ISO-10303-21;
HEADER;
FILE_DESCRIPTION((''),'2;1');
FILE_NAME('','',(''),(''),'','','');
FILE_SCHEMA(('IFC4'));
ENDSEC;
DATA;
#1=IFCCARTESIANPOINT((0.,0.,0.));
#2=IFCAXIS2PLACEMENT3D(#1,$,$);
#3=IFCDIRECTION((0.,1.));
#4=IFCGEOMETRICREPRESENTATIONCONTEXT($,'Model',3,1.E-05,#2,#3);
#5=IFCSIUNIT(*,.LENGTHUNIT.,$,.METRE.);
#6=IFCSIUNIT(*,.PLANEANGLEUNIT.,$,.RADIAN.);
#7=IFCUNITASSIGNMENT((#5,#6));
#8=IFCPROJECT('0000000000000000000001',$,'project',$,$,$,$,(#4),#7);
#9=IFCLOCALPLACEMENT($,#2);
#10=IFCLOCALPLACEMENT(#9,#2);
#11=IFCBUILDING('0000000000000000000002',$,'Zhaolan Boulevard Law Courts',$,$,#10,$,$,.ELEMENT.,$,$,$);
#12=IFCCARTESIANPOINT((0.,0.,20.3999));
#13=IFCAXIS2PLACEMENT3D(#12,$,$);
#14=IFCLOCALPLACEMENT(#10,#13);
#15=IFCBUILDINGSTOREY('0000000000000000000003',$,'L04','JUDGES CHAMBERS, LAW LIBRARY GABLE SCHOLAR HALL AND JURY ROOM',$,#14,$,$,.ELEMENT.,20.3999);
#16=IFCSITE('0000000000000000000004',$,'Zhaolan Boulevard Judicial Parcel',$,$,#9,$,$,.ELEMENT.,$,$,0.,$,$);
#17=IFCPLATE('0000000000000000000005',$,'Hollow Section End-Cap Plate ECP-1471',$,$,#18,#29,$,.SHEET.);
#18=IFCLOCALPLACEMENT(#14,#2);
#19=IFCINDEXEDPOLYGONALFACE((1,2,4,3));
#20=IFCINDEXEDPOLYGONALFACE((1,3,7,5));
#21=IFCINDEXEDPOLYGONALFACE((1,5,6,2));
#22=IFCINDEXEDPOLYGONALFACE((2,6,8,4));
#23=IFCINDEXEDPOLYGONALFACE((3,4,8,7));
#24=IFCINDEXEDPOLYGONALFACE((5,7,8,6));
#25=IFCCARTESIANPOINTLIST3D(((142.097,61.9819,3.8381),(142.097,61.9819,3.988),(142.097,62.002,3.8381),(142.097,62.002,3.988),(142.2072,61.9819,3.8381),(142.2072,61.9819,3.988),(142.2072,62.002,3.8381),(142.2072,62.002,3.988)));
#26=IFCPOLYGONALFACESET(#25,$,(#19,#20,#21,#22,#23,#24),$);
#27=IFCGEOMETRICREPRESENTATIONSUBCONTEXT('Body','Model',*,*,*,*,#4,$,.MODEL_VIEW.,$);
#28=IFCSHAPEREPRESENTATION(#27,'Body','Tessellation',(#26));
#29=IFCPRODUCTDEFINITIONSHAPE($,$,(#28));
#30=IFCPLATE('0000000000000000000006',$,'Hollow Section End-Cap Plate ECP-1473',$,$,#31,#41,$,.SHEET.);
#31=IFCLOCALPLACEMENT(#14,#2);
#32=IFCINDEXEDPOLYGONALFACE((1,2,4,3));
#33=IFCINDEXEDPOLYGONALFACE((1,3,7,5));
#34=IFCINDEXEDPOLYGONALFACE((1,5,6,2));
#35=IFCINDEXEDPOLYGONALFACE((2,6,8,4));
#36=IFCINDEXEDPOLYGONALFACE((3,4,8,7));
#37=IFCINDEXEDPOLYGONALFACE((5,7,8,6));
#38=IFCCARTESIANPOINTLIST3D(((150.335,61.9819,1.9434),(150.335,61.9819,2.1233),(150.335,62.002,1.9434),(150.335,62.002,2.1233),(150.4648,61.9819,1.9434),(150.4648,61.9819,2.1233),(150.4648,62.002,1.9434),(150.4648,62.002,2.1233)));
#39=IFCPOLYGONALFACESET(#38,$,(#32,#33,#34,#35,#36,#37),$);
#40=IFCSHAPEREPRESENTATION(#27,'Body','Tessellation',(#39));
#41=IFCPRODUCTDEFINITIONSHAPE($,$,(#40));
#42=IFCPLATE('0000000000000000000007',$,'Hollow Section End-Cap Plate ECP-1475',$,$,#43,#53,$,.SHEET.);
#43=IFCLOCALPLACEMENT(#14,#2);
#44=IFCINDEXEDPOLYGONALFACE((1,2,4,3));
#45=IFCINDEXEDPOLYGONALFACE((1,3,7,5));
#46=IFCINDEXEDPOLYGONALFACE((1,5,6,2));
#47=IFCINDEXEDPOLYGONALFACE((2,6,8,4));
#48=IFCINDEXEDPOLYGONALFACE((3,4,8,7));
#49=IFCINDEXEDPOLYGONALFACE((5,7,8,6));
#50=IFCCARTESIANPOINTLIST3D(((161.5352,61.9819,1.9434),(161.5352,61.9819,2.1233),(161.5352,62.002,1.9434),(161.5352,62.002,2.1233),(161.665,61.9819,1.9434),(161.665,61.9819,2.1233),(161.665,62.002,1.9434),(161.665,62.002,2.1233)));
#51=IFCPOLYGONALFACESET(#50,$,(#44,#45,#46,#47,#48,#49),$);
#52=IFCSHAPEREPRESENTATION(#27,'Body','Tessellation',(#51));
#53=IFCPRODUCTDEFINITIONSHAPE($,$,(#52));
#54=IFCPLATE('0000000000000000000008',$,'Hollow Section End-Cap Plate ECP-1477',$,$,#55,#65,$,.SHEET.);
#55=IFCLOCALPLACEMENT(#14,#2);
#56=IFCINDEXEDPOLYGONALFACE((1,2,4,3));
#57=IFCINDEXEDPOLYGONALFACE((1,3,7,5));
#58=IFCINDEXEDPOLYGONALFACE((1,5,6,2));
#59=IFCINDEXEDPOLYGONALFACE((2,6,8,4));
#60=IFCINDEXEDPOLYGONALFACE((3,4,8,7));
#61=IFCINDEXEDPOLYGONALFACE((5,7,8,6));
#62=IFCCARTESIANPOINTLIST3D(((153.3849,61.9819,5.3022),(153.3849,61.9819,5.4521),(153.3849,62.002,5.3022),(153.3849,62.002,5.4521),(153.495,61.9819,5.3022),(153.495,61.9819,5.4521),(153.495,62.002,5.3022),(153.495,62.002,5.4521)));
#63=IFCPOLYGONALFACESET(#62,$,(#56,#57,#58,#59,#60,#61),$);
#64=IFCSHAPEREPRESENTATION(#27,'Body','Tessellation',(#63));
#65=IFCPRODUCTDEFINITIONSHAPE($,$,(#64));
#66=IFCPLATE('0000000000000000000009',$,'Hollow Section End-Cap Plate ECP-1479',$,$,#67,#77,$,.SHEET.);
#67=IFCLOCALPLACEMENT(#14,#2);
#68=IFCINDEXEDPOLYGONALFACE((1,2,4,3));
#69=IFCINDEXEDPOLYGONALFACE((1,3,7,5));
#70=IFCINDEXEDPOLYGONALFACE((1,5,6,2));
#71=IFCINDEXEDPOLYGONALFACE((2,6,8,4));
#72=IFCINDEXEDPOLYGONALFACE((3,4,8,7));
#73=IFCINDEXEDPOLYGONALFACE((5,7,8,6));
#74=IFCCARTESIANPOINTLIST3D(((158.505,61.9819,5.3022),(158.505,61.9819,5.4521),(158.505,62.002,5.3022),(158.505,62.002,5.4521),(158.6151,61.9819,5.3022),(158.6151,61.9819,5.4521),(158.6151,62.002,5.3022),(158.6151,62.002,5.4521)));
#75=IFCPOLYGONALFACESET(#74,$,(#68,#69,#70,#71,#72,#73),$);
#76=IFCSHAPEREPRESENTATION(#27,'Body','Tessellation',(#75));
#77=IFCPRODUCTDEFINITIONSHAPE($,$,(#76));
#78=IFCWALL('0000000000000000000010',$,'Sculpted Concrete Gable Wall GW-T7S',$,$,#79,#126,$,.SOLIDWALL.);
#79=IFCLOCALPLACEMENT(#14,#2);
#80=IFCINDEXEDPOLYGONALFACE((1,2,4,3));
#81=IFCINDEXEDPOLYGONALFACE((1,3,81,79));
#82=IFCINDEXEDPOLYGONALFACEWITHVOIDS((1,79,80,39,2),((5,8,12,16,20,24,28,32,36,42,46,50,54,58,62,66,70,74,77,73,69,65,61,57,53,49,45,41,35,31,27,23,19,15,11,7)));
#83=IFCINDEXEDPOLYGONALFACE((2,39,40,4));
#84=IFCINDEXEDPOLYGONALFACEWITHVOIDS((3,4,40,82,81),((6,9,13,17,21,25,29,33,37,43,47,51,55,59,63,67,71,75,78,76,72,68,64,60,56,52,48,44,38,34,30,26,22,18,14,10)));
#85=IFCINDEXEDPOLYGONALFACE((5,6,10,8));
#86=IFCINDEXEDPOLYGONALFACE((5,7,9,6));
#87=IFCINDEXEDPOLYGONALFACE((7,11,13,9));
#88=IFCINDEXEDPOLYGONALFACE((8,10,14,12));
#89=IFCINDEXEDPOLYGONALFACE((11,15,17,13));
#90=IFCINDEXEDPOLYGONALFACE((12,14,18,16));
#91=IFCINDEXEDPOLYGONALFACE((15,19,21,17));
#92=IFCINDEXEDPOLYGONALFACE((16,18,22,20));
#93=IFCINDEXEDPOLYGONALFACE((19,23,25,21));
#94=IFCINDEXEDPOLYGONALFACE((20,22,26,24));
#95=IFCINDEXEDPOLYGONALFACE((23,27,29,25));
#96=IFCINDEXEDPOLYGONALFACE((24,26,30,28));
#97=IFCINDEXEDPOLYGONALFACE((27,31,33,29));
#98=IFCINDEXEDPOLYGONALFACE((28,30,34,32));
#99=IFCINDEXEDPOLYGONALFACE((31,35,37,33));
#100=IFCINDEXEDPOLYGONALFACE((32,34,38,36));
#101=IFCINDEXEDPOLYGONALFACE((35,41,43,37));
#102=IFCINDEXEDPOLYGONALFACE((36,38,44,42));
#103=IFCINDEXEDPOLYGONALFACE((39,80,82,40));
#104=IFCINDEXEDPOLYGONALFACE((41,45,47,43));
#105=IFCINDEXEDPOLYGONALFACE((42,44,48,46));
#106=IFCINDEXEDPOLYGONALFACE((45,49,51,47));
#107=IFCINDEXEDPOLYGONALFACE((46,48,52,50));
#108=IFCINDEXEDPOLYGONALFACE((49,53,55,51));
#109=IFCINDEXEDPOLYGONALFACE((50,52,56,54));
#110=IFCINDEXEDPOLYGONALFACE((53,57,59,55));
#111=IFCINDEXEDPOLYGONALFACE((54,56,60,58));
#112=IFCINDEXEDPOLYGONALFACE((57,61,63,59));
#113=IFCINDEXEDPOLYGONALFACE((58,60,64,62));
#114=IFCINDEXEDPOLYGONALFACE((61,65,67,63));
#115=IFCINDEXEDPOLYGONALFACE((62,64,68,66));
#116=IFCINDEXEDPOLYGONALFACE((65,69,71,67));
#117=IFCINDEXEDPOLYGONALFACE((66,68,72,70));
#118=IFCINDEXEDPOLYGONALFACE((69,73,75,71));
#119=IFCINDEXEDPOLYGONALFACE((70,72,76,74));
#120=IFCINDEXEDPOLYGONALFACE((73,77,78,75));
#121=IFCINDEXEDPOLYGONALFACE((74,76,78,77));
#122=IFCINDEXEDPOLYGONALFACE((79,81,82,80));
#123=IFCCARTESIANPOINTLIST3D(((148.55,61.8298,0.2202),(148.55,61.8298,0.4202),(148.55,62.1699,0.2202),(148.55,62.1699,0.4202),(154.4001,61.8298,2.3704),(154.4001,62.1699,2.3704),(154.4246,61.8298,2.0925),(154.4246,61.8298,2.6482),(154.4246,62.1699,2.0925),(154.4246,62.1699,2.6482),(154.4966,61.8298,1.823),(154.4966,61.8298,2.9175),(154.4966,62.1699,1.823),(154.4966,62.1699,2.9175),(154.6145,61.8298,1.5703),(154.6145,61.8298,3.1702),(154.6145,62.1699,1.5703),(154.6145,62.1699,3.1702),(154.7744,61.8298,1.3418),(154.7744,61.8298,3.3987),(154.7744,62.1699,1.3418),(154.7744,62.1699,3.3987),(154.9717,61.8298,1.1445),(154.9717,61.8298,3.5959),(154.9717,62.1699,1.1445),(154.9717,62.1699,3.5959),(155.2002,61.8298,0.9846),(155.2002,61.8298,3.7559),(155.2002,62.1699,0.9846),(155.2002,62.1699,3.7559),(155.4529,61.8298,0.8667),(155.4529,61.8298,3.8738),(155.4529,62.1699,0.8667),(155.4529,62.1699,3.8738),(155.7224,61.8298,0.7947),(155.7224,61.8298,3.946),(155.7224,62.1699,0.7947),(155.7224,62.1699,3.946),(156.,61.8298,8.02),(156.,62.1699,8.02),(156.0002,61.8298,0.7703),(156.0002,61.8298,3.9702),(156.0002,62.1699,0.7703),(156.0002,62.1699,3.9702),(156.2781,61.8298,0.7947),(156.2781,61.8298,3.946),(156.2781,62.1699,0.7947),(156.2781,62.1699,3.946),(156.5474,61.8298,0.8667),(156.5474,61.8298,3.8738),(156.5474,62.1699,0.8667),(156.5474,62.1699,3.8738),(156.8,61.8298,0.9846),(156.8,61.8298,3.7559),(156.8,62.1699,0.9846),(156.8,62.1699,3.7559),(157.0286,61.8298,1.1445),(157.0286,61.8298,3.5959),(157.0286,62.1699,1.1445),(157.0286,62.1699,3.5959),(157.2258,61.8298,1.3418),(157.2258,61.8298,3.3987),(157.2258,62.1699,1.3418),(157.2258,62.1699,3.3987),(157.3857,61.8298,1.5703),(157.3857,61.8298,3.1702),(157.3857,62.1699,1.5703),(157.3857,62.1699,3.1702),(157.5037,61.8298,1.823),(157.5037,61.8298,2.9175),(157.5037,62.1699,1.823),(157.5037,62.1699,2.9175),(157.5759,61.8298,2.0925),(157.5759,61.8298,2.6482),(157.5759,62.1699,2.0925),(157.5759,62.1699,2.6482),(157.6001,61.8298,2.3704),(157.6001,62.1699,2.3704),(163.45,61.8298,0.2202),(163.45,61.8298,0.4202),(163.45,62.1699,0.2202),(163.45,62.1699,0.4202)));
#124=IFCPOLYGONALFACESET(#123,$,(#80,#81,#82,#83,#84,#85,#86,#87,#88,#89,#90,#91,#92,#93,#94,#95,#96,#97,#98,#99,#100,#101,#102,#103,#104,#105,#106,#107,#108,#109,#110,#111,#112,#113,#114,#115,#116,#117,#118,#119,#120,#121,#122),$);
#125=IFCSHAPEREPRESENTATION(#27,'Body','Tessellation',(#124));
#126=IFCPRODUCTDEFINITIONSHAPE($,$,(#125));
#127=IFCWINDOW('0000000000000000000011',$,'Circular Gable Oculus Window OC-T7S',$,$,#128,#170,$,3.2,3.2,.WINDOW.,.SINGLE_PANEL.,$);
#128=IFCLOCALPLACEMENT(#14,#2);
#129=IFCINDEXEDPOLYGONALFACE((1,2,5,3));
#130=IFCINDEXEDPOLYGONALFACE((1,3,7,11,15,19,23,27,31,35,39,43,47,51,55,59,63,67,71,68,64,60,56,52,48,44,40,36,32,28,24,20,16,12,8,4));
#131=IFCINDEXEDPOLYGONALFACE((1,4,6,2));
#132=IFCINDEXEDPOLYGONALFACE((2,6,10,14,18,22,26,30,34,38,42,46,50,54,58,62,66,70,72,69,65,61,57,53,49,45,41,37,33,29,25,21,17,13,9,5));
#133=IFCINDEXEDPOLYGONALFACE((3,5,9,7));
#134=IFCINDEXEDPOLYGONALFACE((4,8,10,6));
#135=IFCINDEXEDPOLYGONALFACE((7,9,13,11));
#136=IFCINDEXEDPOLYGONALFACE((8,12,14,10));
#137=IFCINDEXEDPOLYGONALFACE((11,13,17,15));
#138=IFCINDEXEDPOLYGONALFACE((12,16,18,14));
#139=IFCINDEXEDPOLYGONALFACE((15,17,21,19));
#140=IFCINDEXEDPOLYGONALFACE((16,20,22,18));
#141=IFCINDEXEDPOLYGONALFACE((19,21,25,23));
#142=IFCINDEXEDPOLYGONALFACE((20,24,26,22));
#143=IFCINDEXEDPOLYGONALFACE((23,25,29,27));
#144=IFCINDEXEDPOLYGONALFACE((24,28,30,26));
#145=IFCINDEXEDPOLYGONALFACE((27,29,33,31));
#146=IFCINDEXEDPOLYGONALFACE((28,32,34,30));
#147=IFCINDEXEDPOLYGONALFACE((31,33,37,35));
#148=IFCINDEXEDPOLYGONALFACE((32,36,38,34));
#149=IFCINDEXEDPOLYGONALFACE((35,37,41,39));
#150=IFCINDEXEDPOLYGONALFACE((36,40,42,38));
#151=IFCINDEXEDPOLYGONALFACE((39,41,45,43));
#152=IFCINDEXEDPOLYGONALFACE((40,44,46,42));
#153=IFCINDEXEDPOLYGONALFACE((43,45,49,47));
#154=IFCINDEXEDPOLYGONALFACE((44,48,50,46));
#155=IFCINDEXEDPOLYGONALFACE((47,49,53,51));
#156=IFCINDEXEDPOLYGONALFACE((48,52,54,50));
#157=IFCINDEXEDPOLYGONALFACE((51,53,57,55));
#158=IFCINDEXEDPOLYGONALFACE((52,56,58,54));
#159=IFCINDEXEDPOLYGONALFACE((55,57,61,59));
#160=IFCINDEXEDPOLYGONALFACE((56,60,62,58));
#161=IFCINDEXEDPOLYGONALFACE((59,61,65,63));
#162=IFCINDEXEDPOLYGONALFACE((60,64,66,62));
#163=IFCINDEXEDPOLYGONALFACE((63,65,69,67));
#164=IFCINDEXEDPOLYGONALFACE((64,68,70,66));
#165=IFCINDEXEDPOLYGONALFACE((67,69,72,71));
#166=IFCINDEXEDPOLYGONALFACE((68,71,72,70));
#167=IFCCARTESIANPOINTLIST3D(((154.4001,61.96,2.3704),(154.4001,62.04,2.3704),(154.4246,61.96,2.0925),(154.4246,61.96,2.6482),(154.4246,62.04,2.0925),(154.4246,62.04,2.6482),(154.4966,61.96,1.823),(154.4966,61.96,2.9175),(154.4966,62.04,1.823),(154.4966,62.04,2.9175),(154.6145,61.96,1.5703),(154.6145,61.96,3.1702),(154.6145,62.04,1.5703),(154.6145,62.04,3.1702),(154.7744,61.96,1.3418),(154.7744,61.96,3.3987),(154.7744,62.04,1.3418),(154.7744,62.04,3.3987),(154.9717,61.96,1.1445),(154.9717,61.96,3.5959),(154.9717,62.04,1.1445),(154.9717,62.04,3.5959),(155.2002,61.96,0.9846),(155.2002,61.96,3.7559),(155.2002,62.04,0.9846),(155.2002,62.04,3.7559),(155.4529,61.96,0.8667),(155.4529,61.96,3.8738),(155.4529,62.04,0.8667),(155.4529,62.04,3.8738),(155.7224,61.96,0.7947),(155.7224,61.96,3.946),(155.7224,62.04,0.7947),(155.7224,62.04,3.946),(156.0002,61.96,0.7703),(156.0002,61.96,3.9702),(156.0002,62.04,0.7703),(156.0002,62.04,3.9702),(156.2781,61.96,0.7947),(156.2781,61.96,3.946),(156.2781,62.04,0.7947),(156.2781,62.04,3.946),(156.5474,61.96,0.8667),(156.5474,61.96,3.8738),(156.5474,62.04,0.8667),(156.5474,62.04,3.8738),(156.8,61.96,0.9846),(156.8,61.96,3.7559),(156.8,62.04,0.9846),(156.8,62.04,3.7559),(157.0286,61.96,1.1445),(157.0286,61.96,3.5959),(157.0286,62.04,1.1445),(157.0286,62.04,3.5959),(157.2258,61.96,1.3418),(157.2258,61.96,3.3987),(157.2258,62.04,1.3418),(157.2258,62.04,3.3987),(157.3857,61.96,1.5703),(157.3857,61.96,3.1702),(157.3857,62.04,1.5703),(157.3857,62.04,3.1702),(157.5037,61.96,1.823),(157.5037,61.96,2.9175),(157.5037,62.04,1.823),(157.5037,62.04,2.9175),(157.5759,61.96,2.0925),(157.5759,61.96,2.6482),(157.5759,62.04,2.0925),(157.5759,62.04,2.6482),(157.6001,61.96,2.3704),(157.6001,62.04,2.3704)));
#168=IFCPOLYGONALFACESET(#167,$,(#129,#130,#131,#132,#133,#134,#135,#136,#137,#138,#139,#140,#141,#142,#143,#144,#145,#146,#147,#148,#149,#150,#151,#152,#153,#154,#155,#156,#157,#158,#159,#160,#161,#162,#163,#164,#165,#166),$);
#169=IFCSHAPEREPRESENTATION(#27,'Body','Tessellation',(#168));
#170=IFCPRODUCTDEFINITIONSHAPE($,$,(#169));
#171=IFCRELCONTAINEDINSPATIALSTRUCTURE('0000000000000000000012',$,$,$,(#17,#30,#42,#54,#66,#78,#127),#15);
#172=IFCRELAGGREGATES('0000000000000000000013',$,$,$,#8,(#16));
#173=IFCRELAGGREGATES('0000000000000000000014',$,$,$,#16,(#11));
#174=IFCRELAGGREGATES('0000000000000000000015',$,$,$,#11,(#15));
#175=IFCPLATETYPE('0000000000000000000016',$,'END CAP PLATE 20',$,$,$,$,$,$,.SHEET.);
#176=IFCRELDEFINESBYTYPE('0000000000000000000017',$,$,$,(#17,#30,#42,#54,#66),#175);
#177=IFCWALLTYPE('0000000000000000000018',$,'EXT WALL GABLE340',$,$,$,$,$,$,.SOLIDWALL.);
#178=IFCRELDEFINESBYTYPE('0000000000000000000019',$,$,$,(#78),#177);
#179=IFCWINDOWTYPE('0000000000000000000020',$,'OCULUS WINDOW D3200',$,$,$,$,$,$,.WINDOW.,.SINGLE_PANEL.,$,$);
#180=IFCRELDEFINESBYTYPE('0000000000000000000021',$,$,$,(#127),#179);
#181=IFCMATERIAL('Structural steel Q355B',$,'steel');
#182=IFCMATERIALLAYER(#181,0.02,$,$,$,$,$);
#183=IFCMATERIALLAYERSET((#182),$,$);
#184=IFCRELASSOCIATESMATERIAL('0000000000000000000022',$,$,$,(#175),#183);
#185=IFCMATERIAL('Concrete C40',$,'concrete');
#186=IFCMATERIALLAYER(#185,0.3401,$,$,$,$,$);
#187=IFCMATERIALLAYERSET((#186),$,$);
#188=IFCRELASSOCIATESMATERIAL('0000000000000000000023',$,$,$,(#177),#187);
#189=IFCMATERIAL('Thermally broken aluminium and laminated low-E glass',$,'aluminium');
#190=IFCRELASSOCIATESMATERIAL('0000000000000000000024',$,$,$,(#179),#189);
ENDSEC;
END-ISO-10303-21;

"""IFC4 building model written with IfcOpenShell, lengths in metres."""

from ifc_helpers import new_model, si_unit, direction, frame, origin, origin_2d, place, context, subcontext, project, spatial, polyline, rectangle, outline, extrude, material, layer, layer_set, type_object, element, fill, save


model = new_model("IFC4")

# Units and contexts
model_context = context("Model", 3, precision=1e-05, world=origin(), true_north=direction((0.0, 1.0)))
body_context = subcontext(model_context, "Body", "Model", "MODEL_VIEW")
ifc_project = project(units=[si_unit("LENGTHUNIT", "METRE"), si_unit("PLANEANGLEUNIT", "RADIAN")], contexts=[model_context])

# Site, building, storey
site_placement = place(None, origin())
site = spatial("IfcSite", under=ifc_project, at=site_placement, Name="Zhaolan Boulevard Judicial Parcel", CompositionType="ELEMENT", RefElevation=0.0)
building_placement = place(site_placement, origin())
building = spatial("IfcBuilding", under=site, at=building_placement, Name="Zhaolan Boulevard Law Courts", CompositionType="ELEMENT")
storey_placement = place(building_placement, frame((0.0, 0.0, 20.3999)))
storey = spatial("IfcBuildingStorey", under=building, at=storey_placement, Name="L04", Description="JUDGES CHAMBERS, LAW LIBRARY GABLE SCHOLAR HALL AND JURY ROOM", CompositionType="ELEMENT", Elevation=20.3999)

# Plates
ifc_material_1 = material(Name="Structural steel Q355B", Category="steel")
ifc_layer_1 = layer(ifc_material_1, 0.02)
ifc_layer_set_1 = layer_set([ifc_layer_1])
plate_type = type_object("IfcPlateType", Name="END CAP PLATE 20", PredefinedType="SHEET", material=ifc_layer_set_1)
for number, where, z_axis, x_axis, name in (
    (1, (142.1521, 61.9919, 3.8381), (0.0, 0.0, 1.0), (0.0, 1.0, 0.0), "Hollow Section End-Cap Plate ECP-1471"),
):
    element("IfcPlate", number, at=place(storey_placement, frame(where, z_axis=z_axis, x_axis=x_axis)), inside=storey, type_object=plate_type, Name=name, PredefinedType="SHEET", context=body_context, shape_type="SweptSolid", body=[
        extrude(rectangle(XDim=0.02, YDim=0.1101, at=origin_2d()), origin(), (0.0, 0.0, 1.0), 0.1499),
    ])
for number, where, z_axis, x_axis, name in (
    (2, (150.3999, 61.9919, 1.9434), (0.0, 0.0, 1.0), (0.0, 1.0, 0.0), "Hollow Section End-Cap Plate ECP-1473"),
    (3, (161.6001, 61.9919, 1.9434), (0.0, 0.0, 1.0), (0.0, 1.0, 0.0), "Hollow Section End-Cap Plate ECP-1475"),
):
    element("IfcPlate", number, at=place(storey_placement, frame(where, z_axis=z_axis, x_axis=x_axis)), inside=storey, type_object=plate_type, Name=name, PredefinedType="SHEET", context=body_context, shape_type="SweptSolid", body=[
        extrude(rectangle(XDim=0.02, YDim=0.1299, at=origin_2d()), origin(), (0.0, 0.0, 1.0), 0.1799),
    ])
for number, where, z_axis, x_axis, name in (
    (4, (153.4399, 61.9919, 5.3022), (0.0, 0.0, 1.0), (0.0, 1.0, 0.0), "Hollow Section End-Cap Plate ECP-1477"),
    (5, (158.5601, 61.9919, 5.3022), (0.0, 0.0, 1.0), (0.0, 1.0, 0.0), "Hollow Section End-Cap Plate ECP-1479"),
):
    element("IfcPlate", number, at=place(storey_placement, frame(where, z_axis=z_axis, x_axis=x_axis)), inside=storey, type_object=plate_type, Name=name, PredefinedType="SHEET", context=body_context, shape_type="SweptSolid", body=[
        extrude(rectangle(XDim=0.02, YDim=0.1101, at=origin_2d()), origin(), (0.0, 0.0, 1.0), 0.1499),
    ])

# Wall, opening, window
ifc_material_2 = material(Name="Concrete C40", Category="concrete")
ifc_layer_2 = layer(ifc_material_2, 0.3401)
ifc_layer_set_2 = layer_set([ifc_layer_2])
wall_type = type_object("IfcWallType", Name="EXT WALL GABLE340", PredefinedType="SOLIDWALL", material=ifc_layer_set_2)
wall_placement = place(storey_placement, frame((148.55, 62.0, 0.2202), z_axis=(0.0, 0.0, 1.0), x_axis=(1.0, 0.0, 0.0)))
wall = element("IfcWall", 6, at=wall_placement, inside=storey, type_object=wall_type, Name="Sculpted Concrete Gable Wall GW-T7S", PredefinedType="SOLIDWALL", context=body_context, shape_type="SweptSolid", body=[
    extrude(outline(polyline([(0.0, 0.0), (14.8999, 0.0), (14.8999, 0.2), (7.45, 7.7998), (0.0, 0.2), (0.0, 0.0)])), frame((0.0, 0.1699, 0.0), z_axis=(0.0, -1.0, 0.0), x_axis=(1.0, 0.0, 0.0)), (0.0, 0.0, 1.0), 0.3401),
])
opening_placement = place(wall_placement, frame((5.8501, 0.0, 0.55)))
opening = element("IfcOpeningElement", 7, at=opening_placement, cuts=wall, PredefinedType="OPENING", context=body_context, shape_type="SweptSolid", body=[
    extrude(outline(polyline([(3.2, 1.6001), (3.1758, 1.8779), (3.1035, 2.1472), (2.9856, 2.3999), (2.8257, 2.6284), (2.6284, 2.8257), (2.3999, 2.9856), (2.1472, 3.1035), (1.8779, 3.1758), (1.6001, 3.2), (1.3223, 3.1758), (1.0527, 3.1035), (0.8, 2.9856), (0.5715, 2.8257), (0.3743, 2.6284), (0.2144, 2.3999), (0.0964, 2.1472), (0.0244, 1.8779), (0.0, 1.6001), (0.0244, 1.3223), (0.0964, 1.0527), (0.2144, 0.8), (0.3743, 0.5715), (0.5715, 0.3743), (0.8, 0.2144), (1.0527, 0.0964), (1.3223, 0.0244), (1.6001, 0.0), (1.8779, 0.0244), (2.1472, 0.0964), (2.3999, 0.2144), (2.6284, 0.3743), (2.8257, 0.5715), (2.9856, 0.8), (3.1035, 1.0527), (3.1758, 1.3223), (3.2, 1.6001)])), frame((0.0, 0.1799, 0.0), z_axis=(0.0, -1.0, 0.0), x_axis=(1.0, 0.0, 0.0)), (0.0, 0.0, 1.0), 0.3601),
])
ifc_material_3 = material(Name="Thermally broken aluminium and laminated low-E glass", Category="aluminium")
window_type = type_object("IfcWindowType", Name="OCULUS WINDOW D3200", PartitioningType="SINGLE_PANEL", PredefinedType="WINDOW", material=ifc_material_3)
window_placement = place(opening_placement, origin())
window = element("IfcWindow", 8, at=window_placement, inside=storey, type_object=window_type, Name="Circular Gable Oculus Window OC-T7S", OverallHeight=3.2, OverallWidth=3.2, PartitioningType="SINGLE_PANEL", PredefinedType="WINDOW", context=body_context, shape_type="SweptSolid", body=[
    extrude(outline(polyline([(3.2, 1.6001), (3.1758, 1.8779), (3.1035, 2.1472), (2.9856, 2.3999), (2.8257, 2.6284), (2.6284, 2.8257), (2.3999, 2.9856), (2.1472, 3.1035), (1.8779, 3.1758), (1.6001, 3.2), (1.3223, 3.1758), (1.0527, 3.1035), (0.8, 2.9856), (0.5715, 2.8257), (0.3743, 2.6284), (0.2144, 2.3999), (0.0964, 2.1472), (0.0244, 1.8779), (0.0, 1.6001), (0.0244, 1.3223), (0.0964, 1.0527), (0.2144, 0.8), (0.3743, 0.5715), (0.5715, 0.3743), (0.8, 0.2144), (1.0527, 0.0964), (1.3223, 0.0244), (1.6001, 0.0), (1.8779, 0.0244), (2.1472, 0.0964), (2.3999, 0.2144), (2.6284, 0.3743), (2.8257, 0.5715), (2.9856, 0.8), (3.1035, 1.0527), (3.1758, 1.3223), (3.2, 1.6001)])), frame((0.0, 0.04, 0.0), z_axis=(0.0, -1.0, 0.0), x_axis=(1.0, 0.0, 0.0)), (0.0, 0.0, 1.0), 0.0801),
])
fill(opening, window)

save(model, "model.ifc")
